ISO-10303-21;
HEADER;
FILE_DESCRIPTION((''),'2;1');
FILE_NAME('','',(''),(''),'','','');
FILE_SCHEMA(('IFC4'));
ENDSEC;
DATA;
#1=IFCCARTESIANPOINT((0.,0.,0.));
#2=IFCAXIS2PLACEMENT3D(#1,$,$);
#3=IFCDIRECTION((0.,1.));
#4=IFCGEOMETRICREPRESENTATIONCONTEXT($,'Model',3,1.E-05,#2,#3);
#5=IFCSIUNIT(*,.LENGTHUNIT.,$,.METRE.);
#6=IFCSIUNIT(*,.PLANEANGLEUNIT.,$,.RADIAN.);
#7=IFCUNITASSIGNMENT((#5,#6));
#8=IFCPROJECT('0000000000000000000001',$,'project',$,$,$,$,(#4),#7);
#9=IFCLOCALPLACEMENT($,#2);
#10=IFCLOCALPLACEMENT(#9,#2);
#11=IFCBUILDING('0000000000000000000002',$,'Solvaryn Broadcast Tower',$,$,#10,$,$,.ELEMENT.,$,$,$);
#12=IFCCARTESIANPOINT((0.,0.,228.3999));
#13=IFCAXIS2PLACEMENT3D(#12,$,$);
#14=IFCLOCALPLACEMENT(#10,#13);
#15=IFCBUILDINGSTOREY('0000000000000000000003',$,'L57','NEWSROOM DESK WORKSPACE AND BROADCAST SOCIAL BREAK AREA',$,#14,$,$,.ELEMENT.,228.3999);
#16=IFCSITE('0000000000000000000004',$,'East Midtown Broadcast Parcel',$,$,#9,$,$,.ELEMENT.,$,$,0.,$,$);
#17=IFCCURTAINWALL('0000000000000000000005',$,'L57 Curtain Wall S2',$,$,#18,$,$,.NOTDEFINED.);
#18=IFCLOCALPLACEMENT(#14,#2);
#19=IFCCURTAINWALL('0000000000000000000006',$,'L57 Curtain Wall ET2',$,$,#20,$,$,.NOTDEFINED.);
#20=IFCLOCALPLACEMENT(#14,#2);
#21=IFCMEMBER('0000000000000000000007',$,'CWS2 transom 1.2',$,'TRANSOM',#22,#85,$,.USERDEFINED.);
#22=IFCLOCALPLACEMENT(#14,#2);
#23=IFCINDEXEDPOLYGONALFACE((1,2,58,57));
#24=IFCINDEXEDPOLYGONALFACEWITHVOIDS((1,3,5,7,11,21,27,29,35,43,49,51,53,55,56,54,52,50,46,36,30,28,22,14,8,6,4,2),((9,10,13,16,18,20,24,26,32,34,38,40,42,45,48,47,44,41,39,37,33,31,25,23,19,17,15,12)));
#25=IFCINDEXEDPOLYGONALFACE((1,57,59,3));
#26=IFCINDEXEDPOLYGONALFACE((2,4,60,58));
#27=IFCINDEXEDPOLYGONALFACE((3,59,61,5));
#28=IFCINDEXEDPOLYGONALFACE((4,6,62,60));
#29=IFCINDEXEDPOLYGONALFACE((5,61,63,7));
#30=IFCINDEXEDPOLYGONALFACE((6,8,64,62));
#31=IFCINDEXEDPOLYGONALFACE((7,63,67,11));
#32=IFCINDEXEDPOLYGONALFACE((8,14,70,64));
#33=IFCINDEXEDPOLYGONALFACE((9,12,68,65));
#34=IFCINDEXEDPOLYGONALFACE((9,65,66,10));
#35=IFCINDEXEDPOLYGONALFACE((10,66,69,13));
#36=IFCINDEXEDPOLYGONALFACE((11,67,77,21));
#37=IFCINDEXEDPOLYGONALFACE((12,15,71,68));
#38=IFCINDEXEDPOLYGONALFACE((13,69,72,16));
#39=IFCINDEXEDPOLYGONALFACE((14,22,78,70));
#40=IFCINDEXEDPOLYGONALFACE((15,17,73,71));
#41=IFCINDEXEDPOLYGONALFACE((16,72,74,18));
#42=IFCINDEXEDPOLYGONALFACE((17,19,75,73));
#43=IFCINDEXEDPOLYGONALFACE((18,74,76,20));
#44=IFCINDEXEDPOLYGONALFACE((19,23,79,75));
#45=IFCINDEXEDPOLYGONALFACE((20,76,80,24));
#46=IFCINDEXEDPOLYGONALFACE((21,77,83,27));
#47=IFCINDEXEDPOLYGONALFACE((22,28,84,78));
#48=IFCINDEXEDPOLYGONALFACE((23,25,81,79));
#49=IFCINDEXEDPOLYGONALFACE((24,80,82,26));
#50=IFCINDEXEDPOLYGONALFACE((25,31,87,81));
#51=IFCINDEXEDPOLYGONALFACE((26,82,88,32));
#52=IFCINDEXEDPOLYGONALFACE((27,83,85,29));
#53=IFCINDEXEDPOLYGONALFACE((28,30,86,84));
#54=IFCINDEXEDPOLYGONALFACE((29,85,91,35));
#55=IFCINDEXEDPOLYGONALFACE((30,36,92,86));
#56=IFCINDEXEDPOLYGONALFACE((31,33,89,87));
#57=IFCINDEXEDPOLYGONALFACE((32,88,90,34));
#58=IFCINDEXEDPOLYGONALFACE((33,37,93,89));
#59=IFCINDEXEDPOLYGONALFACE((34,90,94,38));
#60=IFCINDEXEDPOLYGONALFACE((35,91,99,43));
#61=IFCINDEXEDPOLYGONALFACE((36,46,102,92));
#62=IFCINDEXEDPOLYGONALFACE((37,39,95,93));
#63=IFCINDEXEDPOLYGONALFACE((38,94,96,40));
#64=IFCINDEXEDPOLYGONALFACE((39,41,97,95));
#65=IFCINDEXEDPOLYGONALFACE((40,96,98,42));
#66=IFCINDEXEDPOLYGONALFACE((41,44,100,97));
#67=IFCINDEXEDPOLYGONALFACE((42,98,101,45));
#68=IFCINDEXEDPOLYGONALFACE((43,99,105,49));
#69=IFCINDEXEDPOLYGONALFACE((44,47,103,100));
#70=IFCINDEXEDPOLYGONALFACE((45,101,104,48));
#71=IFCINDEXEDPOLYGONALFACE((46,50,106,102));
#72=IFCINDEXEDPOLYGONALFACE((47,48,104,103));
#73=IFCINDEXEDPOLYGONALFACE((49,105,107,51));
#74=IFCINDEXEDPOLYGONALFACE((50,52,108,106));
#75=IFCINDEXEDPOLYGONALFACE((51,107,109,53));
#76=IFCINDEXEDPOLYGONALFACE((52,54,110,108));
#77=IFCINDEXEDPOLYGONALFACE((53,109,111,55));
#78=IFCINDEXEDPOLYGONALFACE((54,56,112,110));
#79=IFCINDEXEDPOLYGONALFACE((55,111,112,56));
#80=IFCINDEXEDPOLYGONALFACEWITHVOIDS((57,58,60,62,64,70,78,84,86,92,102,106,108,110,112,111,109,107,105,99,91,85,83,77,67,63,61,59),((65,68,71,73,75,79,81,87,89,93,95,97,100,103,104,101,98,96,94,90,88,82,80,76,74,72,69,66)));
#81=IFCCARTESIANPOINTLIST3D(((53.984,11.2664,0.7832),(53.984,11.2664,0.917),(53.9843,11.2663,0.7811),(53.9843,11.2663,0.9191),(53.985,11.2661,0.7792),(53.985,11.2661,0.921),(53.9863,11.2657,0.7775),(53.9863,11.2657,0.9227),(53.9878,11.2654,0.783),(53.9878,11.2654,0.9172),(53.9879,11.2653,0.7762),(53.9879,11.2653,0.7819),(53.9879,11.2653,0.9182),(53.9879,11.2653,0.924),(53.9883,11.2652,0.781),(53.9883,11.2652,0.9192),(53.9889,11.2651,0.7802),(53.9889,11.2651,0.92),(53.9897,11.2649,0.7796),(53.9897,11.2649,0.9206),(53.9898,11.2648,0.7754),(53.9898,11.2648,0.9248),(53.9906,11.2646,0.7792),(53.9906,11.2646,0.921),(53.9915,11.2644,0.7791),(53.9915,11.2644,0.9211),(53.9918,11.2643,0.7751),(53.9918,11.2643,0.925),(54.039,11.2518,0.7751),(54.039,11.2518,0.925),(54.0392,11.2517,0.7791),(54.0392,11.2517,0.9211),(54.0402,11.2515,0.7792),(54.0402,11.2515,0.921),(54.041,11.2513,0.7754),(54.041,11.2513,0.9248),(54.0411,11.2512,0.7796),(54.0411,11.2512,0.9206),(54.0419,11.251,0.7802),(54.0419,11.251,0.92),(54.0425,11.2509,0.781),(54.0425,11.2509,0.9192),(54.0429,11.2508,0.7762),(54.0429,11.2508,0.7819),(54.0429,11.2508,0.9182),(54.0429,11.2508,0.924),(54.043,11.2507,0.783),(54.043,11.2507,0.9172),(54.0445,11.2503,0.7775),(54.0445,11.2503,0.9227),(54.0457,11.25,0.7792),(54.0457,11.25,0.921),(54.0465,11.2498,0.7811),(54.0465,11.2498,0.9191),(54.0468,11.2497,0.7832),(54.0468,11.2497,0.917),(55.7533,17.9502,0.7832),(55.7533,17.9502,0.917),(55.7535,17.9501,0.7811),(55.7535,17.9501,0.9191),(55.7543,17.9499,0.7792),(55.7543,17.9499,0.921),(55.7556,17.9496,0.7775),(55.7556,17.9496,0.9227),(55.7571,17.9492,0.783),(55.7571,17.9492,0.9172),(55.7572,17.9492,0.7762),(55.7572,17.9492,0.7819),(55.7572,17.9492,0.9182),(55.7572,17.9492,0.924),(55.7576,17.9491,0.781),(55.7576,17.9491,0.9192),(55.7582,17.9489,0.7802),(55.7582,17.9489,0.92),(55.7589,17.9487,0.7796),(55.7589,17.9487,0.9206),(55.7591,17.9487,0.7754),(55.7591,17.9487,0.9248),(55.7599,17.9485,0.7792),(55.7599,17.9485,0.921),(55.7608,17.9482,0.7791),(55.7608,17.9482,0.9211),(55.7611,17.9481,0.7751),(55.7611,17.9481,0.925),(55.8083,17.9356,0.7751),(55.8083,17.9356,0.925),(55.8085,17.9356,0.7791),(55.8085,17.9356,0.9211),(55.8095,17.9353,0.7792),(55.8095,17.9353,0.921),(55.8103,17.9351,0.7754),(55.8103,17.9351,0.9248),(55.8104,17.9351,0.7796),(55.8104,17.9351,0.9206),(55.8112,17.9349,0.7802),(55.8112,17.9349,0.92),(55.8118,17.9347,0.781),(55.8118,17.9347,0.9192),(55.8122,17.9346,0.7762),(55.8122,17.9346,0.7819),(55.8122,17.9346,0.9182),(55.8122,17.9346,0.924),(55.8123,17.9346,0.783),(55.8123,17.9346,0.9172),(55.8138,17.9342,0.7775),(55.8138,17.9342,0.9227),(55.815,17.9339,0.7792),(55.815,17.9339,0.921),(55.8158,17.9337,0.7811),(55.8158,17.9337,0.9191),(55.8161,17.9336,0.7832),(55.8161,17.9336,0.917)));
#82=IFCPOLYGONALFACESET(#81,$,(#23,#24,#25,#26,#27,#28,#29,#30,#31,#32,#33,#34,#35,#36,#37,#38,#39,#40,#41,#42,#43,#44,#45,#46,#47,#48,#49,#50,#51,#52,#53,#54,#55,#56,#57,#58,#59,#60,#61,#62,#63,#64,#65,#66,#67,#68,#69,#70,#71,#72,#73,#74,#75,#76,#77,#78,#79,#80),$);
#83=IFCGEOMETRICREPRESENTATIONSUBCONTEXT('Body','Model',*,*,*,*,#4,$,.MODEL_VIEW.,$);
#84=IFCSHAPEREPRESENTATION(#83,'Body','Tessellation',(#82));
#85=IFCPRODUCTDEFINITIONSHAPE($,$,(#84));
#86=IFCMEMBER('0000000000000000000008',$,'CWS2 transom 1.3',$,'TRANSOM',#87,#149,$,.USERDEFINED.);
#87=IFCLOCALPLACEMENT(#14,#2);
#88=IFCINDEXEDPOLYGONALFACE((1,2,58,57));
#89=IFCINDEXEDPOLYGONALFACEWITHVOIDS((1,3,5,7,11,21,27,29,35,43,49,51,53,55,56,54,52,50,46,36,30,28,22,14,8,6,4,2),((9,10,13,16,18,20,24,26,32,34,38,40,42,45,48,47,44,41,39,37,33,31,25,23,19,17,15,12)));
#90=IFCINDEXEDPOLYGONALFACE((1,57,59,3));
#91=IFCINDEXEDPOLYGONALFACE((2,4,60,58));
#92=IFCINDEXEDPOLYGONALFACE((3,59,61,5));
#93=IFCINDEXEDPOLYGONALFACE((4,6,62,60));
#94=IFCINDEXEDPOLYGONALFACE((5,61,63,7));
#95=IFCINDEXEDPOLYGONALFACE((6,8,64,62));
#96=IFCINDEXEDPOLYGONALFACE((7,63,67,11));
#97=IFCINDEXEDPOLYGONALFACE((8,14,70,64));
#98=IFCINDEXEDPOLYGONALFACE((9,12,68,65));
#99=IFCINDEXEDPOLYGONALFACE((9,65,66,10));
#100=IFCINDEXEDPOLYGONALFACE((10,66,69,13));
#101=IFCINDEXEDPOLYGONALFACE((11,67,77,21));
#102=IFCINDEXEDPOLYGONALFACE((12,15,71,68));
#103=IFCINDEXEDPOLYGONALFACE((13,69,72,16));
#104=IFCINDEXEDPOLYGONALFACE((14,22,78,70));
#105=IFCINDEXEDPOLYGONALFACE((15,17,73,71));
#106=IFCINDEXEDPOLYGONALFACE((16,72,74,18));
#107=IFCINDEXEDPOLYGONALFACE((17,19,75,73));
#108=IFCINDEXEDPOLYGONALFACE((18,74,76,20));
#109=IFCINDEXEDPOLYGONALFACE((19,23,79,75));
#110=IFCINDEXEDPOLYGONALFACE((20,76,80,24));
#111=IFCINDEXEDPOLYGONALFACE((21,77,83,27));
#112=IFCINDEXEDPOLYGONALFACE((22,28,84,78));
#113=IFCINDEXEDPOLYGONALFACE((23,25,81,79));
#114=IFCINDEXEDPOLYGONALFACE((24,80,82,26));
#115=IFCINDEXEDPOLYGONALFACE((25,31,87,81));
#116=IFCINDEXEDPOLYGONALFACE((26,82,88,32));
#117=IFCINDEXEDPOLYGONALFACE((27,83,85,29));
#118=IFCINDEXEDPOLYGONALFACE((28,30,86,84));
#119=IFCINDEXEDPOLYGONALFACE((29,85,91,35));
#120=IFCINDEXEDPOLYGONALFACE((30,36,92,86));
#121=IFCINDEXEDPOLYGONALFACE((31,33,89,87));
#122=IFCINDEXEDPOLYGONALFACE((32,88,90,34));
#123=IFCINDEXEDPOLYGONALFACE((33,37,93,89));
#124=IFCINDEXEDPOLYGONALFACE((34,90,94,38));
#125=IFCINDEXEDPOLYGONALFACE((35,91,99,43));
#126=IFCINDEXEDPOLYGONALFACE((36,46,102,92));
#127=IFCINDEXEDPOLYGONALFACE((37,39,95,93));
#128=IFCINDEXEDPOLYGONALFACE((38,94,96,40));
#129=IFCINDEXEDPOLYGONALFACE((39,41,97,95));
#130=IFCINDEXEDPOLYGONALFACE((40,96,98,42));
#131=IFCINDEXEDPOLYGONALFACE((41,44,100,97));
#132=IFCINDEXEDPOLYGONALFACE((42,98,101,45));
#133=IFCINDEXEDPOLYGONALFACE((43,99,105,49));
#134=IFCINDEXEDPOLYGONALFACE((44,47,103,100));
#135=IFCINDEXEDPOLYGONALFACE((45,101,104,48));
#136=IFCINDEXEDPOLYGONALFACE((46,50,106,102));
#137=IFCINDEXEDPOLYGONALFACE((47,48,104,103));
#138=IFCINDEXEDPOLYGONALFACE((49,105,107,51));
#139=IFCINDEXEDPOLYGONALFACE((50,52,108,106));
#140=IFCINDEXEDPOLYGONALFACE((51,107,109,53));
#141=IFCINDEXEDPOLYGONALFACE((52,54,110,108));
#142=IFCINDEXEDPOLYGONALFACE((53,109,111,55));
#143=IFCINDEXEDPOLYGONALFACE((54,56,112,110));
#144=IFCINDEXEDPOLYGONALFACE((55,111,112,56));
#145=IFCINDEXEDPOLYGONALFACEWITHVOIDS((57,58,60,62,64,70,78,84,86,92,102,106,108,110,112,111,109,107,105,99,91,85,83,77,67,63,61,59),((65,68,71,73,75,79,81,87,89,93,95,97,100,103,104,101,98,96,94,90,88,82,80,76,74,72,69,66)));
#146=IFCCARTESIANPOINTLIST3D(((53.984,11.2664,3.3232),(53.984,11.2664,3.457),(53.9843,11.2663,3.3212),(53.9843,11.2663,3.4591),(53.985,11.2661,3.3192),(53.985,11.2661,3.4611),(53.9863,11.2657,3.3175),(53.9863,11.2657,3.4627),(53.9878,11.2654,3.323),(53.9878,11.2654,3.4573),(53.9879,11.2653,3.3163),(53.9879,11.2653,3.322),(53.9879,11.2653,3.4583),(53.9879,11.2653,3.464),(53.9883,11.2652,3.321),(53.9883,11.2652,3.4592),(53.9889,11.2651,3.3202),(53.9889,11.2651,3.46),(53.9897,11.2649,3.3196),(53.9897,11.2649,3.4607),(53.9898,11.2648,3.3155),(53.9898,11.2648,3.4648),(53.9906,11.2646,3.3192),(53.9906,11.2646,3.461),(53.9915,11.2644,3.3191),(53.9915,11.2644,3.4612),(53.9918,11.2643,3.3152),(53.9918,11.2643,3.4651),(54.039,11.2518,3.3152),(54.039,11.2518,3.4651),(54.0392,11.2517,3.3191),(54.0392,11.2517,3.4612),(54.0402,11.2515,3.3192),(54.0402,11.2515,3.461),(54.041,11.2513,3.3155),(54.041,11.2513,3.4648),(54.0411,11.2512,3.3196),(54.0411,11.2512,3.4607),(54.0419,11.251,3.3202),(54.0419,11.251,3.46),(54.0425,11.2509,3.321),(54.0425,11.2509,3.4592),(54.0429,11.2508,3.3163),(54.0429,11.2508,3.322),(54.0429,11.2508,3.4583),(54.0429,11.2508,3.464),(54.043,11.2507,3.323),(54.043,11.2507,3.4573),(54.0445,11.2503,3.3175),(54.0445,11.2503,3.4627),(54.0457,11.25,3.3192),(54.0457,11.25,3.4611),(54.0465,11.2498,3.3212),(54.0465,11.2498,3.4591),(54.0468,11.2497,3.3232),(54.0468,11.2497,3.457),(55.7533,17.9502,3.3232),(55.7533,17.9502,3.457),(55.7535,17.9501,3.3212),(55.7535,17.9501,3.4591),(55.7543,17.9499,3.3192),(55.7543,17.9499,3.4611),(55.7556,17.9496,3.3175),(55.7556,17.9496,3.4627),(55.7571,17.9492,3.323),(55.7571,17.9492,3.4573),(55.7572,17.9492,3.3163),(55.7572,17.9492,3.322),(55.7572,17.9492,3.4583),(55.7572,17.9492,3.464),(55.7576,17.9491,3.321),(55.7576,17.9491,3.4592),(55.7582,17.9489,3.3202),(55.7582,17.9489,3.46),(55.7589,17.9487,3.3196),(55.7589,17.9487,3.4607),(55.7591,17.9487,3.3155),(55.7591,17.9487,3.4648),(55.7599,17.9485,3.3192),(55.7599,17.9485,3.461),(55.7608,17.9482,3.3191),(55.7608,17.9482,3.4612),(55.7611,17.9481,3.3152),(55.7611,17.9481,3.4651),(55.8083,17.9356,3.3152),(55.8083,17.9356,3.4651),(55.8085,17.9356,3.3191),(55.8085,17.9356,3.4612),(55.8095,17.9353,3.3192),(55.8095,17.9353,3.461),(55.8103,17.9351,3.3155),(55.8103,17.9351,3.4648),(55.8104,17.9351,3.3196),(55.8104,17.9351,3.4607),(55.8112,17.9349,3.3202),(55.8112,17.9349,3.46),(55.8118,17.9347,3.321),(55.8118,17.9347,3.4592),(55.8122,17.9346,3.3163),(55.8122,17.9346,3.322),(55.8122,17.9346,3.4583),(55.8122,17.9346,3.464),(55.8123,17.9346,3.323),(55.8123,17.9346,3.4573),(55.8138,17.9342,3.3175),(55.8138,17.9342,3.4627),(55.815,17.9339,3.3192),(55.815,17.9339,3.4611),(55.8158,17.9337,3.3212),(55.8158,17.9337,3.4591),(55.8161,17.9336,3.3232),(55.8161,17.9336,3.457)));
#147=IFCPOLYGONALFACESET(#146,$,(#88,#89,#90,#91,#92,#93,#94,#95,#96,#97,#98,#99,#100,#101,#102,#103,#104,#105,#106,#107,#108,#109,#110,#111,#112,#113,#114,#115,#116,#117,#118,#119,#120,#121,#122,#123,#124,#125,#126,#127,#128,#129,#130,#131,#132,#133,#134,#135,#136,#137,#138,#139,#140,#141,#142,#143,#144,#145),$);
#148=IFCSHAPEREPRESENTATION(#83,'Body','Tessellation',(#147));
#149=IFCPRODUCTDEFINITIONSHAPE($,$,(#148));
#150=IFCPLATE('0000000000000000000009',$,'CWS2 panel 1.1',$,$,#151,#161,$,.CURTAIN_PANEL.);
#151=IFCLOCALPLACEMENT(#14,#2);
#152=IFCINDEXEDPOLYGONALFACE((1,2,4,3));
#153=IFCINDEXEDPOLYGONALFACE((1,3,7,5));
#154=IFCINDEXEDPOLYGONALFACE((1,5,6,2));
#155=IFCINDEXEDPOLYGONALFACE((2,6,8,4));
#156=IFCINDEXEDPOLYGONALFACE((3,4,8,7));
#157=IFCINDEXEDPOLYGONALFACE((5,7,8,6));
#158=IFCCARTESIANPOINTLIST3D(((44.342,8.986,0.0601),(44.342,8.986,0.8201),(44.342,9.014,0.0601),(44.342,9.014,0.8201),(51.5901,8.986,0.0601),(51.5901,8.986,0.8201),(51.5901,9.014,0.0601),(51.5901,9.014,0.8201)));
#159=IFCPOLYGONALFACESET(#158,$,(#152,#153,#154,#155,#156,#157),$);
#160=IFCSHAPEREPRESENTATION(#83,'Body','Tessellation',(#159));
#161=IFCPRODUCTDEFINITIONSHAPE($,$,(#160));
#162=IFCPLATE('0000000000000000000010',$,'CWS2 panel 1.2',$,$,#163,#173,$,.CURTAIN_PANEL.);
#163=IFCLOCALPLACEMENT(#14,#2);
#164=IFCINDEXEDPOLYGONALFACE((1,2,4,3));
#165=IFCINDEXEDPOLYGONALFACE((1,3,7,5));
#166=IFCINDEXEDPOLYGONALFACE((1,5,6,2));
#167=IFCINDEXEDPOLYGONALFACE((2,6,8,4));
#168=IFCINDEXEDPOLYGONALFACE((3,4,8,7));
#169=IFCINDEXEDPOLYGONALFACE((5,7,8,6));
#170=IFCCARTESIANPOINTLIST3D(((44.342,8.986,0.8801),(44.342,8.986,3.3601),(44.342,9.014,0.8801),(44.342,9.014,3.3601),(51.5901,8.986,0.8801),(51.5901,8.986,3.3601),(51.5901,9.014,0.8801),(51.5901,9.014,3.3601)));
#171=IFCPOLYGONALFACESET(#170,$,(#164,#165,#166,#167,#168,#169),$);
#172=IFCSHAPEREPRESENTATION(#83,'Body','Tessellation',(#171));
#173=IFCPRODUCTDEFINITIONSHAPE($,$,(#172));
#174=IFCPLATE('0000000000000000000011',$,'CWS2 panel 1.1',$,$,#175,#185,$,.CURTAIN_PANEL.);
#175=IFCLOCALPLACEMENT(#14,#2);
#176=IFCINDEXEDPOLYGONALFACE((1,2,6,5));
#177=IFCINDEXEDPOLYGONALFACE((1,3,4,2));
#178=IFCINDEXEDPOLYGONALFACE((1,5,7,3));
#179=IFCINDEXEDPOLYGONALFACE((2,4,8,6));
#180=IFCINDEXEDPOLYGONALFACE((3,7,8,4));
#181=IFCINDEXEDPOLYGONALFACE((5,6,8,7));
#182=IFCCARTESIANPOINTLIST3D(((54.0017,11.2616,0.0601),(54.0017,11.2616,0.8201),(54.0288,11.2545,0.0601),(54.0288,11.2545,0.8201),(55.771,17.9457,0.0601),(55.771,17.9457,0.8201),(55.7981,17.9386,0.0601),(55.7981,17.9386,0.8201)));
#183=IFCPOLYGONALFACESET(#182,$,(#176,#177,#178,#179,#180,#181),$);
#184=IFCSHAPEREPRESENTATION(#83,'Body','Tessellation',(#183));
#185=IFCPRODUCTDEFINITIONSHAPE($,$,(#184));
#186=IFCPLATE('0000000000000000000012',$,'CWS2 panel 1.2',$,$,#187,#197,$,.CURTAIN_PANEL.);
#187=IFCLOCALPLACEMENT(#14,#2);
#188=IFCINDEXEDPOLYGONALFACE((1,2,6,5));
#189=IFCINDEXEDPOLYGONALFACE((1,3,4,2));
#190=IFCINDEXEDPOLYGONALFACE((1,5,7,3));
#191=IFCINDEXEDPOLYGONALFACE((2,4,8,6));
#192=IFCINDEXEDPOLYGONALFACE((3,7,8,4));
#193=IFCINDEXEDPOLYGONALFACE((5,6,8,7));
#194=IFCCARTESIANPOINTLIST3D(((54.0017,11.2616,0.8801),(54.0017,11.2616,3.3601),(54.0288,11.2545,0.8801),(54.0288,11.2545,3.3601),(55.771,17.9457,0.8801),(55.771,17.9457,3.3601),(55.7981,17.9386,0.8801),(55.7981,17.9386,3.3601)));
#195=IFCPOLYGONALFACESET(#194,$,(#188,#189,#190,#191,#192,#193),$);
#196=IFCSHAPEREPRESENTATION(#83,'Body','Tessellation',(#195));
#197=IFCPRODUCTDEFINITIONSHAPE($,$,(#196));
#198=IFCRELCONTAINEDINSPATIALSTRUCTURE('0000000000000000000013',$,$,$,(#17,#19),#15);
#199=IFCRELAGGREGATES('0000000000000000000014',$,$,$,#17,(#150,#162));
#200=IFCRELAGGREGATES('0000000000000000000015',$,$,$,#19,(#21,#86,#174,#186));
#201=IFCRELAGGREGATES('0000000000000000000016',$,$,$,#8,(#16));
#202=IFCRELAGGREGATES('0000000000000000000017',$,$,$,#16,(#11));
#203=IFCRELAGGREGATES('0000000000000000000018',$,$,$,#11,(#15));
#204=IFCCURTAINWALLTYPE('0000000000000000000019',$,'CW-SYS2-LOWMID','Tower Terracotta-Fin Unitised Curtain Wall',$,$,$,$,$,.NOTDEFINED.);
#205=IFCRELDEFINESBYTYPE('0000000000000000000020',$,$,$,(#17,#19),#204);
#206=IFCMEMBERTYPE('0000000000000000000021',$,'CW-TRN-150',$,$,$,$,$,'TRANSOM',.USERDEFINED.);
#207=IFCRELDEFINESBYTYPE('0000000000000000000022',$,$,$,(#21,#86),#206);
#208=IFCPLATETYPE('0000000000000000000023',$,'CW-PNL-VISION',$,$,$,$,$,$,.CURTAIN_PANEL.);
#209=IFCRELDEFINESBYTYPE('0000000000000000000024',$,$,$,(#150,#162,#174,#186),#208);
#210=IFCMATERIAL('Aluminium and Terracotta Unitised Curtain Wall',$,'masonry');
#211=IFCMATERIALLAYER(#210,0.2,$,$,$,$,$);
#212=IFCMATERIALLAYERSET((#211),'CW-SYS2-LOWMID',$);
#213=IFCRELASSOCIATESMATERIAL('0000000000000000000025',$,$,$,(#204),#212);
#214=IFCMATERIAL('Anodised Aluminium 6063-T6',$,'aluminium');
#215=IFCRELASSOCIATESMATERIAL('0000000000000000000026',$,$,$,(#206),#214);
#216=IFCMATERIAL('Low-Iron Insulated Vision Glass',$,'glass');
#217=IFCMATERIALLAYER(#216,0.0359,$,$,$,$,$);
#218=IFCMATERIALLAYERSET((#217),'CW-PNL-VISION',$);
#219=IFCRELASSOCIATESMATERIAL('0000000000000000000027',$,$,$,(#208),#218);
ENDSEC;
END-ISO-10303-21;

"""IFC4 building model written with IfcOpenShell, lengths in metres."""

from ifc_helpers import new_model, si_unit, direction, frame, origin, origin_2d, place, context, subcontext, project, spatial, rectangle, hollow_rectangle, extrude, material, layer, layer_set, material_profile, profile_set, type_object, element, aggregate, save


model = new_model("IFC4")

# Units and contexts
model_context = context("Model", 3, precision=1e-05, world=origin(), true_north=direction((0.0, 1.0)))
body_context = subcontext(model_context, "Body", "Model", "MODEL_VIEW")
ifc_project = project(units=[si_unit("LENGTHUNIT", "METRE"), si_unit("PLANEANGLEUNIT", "RADIAN")], contexts=[model_context])

# Site, building, storey
site_placement = place(None, origin())
site = spatial("IfcSite", under=ifc_project, at=site_placement, Name="East Midtown Broadcast Parcel", CompositionType="ELEMENT", RefElevation=0.0)
building_placement = place(site_placement, origin())
building = spatial("IfcBuilding", under=site, at=building_placement, Name="Solvaryn Broadcast Tower", CompositionType="ELEMENT")
storey_placement = place(building_placement, frame((0.0, 0.0, 228.3999)))
storey = spatial("IfcBuildingStorey", under=building, at=storey_placement, Name="L57", Description="NEWSROOM DESK WORKSPACE AND BROADCAST SOCIAL BREAK AREA", CompositionType="ELEMENT", Elevation=228.3999)

# Curtain wall
ifc_material_1 = material(Name="Aluminium and Terracotta Unitised Curtain Wall", Category="masonry")
ifc_layer_1 = layer(ifc_material_1, 0.2)
ifc_layer_set_1 = layer_set([ifc_layer_1], Name="CW-SYS2-LOWMID")
curtain_wall_type = type_object("IfcCurtainWallType", Name="CW-SYS2-LOWMID", Description="Tower Terracotta-Fin Unitised Curtain Wall", PredefinedType="NOTDEFINED", material=ifc_layer_set_1)
curtain_wall_1_placement = place(storey_placement, origin())
curtain_wall_1 = element("IfcCurtainWall", 1, at=curtain_wall_1_placement, inside=storey, type_object=curtain_wall_type, Name="L57 Curtain Wall S2", PredefinedType="NOTDEFINED")

# Curtain wall, members
curtain_wall_2_placement = place(storey_placement, origin())
curtain_wall_2 = element("IfcCurtainWall", 2, at=curtain_wall_2_placement, inside=storey, type_object=curtain_wall_type, Name="L57 Curtain Wall ET2", PredefinedType="NOTDEFINED")
ifc_material_2 = material(Name="Anodised Aluminium 6063-T6", Category="aluminium")
ifc_material_profile_1 = material_profile(ifc_material_2, hollow_rectangle(XDim=0.0649, YDim=0.1499, WallThickness=0.0039, InnerFilletRadius=0.0039, OuterFilletRadius=0.0081, at=origin_2d()))
ifc_profile_set_1 = profile_set([ifc_material_profile_1], Name="Anodised Aluminium 6063-T6")
member_type_1 = type_object("IfcMemberType", Name="CW-TRN-150", ElementType="TRANSOM", PredefinedType="USERDEFINED", material=ifc_profile_set_1)
member_1_placement = place(storey_placement, frame((55.7847, 17.9419, 0.8501), z_axis=(-0.255897, -0.966704, 0.0), x_axis=(0.966704, -0.255897, 0.0)))
member_1 = element("IfcMember", 3, at=member_1_placement, type_object=member_type_1, Name="CWS2 transom 1.2", ObjectType="TRANSOM", PredefinedType="USERDEFINED", context=body_context, shape_type="SweptSolid", body=[
    extrude(hollow_rectangle(XDim=0.0649, YDim=0.1499, WallThickness=0.0039, InnerFilletRadius=0.0039, OuterFilletRadius=0.0081, at=origin_2d()), origin(), (0.0, 0.0, 1.0), 6.9141),
])
member_2_placement = place(storey_placement, frame((55.7847, 17.9419, 3.3901), z_axis=(-0.255897, -0.966704, 0.0), x_axis=(0.966704, -0.255897, 0.0)))
member_2 = element("IfcMember", 4, at=member_2_placement, type_object=member_type_1, Name="CWS2 transom 1.3", ObjectType="TRANSOM", PredefinedType="USERDEFINED", context=body_context, shape_type="SweptSolid", body=[
    extrude(hollow_rectangle(XDim=0.0649, YDim=0.1499, WallThickness=0.0039, InnerFilletRadius=0.0039, OuterFilletRadius=0.0081, at=origin_2d()), origin(), (0.0, 0.0, 1.0), 6.9141),
])

# Plates
ifc_material_3 = material(Name="Low-Iron Insulated Vision Glass", Category="glass")
ifc_layer_2 = layer(ifc_material_3, 0.0359)
ifc_layer_set_2 = layer_set([ifc_layer_2], Name="CW-PNL-VISION")
plate_type = type_object("IfcPlateType", Name="CW-PNL-VISION", PredefinedType="CURTAIN_PANEL", material=ifc_layer_set_2)
plate_1_placement = place(storey_placement, frame((47.9661, 9.0, 0.0601), z_axis=(0.0, 0.0, 1.0), x_axis=(1.0, 0.0, 0.0)))
plate_1 = element("IfcPlate", 5, at=plate_1_placement, type_object=plate_type, Name="CWS2 panel 1.1", PredefinedType="CURTAIN_PANEL", context=body_context, shape_type="SweptSolid", body=[
    extrude(rectangle(XDim=7.248, YDim=0.0281, at=origin_2d()), origin(), (0.0, 0.0, 1.0), 0.76),
])
plate_2_placement = place(storey_placement, frame((47.9661, 9.0, 0.8801), z_axis=(0.0, 0.0, 1.0), x_axis=(1.0, 0.0, 0.0)))
plate_2 = element("IfcPlate", 6, at=plate_2_placement, type_object=plate_type, Name="CWS2 panel 1.2", PredefinedType="CURTAIN_PANEL", context=body_context, shape_type="SweptSolid", body=[
    extrude(rectangle(XDim=7.248, YDim=0.0281, at=origin_2d()), origin(), (0.0, 0.0, 1.0), 2.48),
])
aggregate(curtain_wall_1, [plate_1, plate_2])
plate_3_placement = place(storey_placement, frame((54.8999, 14.6001, 0.0601), z_axis=(0.0, 0.0, 1.0), x_axis=(-0.255893, -0.966705, 0.0)))
plate_3 = element("IfcPlate", 7, at=plate_3_placement, type_object=plate_type, Name="CWS2 panel 1.1", PredefinedType="CURTAIN_PANEL", context=body_context, shape_type="SweptSolid", body=[
    extrude(rectangle(XDim=6.9143, YDim=0.0281, at=origin_2d()), origin(), (0.0, 0.0, 1.0), 0.76),
])
plate_4_placement = place(storey_placement, frame((54.8999, 14.6001, 0.8801), z_axis=(0.0, 0.0, 1.0), x_axis=(-0.255893, -0.966705, 0.0)))
plate_4 = element("IfcPlate", 8, at=plate_4_placement, type_object=plate_type, Name="CWS2 panel 1.2", PredefinedType="CURTAIN_PANEL", context=body_context, shape_type="SweptSolid", body=[
    extrude(rectangle(XDim=6.9143, YDim=0.0281, at=origin_2d()), origin(), (0.0, 0.0, 1.0), 2.48),
])
aggregate(curtain_wall_2, [member_1, member_2, plate_3, plate_4])

save(model, "model.ifc")
